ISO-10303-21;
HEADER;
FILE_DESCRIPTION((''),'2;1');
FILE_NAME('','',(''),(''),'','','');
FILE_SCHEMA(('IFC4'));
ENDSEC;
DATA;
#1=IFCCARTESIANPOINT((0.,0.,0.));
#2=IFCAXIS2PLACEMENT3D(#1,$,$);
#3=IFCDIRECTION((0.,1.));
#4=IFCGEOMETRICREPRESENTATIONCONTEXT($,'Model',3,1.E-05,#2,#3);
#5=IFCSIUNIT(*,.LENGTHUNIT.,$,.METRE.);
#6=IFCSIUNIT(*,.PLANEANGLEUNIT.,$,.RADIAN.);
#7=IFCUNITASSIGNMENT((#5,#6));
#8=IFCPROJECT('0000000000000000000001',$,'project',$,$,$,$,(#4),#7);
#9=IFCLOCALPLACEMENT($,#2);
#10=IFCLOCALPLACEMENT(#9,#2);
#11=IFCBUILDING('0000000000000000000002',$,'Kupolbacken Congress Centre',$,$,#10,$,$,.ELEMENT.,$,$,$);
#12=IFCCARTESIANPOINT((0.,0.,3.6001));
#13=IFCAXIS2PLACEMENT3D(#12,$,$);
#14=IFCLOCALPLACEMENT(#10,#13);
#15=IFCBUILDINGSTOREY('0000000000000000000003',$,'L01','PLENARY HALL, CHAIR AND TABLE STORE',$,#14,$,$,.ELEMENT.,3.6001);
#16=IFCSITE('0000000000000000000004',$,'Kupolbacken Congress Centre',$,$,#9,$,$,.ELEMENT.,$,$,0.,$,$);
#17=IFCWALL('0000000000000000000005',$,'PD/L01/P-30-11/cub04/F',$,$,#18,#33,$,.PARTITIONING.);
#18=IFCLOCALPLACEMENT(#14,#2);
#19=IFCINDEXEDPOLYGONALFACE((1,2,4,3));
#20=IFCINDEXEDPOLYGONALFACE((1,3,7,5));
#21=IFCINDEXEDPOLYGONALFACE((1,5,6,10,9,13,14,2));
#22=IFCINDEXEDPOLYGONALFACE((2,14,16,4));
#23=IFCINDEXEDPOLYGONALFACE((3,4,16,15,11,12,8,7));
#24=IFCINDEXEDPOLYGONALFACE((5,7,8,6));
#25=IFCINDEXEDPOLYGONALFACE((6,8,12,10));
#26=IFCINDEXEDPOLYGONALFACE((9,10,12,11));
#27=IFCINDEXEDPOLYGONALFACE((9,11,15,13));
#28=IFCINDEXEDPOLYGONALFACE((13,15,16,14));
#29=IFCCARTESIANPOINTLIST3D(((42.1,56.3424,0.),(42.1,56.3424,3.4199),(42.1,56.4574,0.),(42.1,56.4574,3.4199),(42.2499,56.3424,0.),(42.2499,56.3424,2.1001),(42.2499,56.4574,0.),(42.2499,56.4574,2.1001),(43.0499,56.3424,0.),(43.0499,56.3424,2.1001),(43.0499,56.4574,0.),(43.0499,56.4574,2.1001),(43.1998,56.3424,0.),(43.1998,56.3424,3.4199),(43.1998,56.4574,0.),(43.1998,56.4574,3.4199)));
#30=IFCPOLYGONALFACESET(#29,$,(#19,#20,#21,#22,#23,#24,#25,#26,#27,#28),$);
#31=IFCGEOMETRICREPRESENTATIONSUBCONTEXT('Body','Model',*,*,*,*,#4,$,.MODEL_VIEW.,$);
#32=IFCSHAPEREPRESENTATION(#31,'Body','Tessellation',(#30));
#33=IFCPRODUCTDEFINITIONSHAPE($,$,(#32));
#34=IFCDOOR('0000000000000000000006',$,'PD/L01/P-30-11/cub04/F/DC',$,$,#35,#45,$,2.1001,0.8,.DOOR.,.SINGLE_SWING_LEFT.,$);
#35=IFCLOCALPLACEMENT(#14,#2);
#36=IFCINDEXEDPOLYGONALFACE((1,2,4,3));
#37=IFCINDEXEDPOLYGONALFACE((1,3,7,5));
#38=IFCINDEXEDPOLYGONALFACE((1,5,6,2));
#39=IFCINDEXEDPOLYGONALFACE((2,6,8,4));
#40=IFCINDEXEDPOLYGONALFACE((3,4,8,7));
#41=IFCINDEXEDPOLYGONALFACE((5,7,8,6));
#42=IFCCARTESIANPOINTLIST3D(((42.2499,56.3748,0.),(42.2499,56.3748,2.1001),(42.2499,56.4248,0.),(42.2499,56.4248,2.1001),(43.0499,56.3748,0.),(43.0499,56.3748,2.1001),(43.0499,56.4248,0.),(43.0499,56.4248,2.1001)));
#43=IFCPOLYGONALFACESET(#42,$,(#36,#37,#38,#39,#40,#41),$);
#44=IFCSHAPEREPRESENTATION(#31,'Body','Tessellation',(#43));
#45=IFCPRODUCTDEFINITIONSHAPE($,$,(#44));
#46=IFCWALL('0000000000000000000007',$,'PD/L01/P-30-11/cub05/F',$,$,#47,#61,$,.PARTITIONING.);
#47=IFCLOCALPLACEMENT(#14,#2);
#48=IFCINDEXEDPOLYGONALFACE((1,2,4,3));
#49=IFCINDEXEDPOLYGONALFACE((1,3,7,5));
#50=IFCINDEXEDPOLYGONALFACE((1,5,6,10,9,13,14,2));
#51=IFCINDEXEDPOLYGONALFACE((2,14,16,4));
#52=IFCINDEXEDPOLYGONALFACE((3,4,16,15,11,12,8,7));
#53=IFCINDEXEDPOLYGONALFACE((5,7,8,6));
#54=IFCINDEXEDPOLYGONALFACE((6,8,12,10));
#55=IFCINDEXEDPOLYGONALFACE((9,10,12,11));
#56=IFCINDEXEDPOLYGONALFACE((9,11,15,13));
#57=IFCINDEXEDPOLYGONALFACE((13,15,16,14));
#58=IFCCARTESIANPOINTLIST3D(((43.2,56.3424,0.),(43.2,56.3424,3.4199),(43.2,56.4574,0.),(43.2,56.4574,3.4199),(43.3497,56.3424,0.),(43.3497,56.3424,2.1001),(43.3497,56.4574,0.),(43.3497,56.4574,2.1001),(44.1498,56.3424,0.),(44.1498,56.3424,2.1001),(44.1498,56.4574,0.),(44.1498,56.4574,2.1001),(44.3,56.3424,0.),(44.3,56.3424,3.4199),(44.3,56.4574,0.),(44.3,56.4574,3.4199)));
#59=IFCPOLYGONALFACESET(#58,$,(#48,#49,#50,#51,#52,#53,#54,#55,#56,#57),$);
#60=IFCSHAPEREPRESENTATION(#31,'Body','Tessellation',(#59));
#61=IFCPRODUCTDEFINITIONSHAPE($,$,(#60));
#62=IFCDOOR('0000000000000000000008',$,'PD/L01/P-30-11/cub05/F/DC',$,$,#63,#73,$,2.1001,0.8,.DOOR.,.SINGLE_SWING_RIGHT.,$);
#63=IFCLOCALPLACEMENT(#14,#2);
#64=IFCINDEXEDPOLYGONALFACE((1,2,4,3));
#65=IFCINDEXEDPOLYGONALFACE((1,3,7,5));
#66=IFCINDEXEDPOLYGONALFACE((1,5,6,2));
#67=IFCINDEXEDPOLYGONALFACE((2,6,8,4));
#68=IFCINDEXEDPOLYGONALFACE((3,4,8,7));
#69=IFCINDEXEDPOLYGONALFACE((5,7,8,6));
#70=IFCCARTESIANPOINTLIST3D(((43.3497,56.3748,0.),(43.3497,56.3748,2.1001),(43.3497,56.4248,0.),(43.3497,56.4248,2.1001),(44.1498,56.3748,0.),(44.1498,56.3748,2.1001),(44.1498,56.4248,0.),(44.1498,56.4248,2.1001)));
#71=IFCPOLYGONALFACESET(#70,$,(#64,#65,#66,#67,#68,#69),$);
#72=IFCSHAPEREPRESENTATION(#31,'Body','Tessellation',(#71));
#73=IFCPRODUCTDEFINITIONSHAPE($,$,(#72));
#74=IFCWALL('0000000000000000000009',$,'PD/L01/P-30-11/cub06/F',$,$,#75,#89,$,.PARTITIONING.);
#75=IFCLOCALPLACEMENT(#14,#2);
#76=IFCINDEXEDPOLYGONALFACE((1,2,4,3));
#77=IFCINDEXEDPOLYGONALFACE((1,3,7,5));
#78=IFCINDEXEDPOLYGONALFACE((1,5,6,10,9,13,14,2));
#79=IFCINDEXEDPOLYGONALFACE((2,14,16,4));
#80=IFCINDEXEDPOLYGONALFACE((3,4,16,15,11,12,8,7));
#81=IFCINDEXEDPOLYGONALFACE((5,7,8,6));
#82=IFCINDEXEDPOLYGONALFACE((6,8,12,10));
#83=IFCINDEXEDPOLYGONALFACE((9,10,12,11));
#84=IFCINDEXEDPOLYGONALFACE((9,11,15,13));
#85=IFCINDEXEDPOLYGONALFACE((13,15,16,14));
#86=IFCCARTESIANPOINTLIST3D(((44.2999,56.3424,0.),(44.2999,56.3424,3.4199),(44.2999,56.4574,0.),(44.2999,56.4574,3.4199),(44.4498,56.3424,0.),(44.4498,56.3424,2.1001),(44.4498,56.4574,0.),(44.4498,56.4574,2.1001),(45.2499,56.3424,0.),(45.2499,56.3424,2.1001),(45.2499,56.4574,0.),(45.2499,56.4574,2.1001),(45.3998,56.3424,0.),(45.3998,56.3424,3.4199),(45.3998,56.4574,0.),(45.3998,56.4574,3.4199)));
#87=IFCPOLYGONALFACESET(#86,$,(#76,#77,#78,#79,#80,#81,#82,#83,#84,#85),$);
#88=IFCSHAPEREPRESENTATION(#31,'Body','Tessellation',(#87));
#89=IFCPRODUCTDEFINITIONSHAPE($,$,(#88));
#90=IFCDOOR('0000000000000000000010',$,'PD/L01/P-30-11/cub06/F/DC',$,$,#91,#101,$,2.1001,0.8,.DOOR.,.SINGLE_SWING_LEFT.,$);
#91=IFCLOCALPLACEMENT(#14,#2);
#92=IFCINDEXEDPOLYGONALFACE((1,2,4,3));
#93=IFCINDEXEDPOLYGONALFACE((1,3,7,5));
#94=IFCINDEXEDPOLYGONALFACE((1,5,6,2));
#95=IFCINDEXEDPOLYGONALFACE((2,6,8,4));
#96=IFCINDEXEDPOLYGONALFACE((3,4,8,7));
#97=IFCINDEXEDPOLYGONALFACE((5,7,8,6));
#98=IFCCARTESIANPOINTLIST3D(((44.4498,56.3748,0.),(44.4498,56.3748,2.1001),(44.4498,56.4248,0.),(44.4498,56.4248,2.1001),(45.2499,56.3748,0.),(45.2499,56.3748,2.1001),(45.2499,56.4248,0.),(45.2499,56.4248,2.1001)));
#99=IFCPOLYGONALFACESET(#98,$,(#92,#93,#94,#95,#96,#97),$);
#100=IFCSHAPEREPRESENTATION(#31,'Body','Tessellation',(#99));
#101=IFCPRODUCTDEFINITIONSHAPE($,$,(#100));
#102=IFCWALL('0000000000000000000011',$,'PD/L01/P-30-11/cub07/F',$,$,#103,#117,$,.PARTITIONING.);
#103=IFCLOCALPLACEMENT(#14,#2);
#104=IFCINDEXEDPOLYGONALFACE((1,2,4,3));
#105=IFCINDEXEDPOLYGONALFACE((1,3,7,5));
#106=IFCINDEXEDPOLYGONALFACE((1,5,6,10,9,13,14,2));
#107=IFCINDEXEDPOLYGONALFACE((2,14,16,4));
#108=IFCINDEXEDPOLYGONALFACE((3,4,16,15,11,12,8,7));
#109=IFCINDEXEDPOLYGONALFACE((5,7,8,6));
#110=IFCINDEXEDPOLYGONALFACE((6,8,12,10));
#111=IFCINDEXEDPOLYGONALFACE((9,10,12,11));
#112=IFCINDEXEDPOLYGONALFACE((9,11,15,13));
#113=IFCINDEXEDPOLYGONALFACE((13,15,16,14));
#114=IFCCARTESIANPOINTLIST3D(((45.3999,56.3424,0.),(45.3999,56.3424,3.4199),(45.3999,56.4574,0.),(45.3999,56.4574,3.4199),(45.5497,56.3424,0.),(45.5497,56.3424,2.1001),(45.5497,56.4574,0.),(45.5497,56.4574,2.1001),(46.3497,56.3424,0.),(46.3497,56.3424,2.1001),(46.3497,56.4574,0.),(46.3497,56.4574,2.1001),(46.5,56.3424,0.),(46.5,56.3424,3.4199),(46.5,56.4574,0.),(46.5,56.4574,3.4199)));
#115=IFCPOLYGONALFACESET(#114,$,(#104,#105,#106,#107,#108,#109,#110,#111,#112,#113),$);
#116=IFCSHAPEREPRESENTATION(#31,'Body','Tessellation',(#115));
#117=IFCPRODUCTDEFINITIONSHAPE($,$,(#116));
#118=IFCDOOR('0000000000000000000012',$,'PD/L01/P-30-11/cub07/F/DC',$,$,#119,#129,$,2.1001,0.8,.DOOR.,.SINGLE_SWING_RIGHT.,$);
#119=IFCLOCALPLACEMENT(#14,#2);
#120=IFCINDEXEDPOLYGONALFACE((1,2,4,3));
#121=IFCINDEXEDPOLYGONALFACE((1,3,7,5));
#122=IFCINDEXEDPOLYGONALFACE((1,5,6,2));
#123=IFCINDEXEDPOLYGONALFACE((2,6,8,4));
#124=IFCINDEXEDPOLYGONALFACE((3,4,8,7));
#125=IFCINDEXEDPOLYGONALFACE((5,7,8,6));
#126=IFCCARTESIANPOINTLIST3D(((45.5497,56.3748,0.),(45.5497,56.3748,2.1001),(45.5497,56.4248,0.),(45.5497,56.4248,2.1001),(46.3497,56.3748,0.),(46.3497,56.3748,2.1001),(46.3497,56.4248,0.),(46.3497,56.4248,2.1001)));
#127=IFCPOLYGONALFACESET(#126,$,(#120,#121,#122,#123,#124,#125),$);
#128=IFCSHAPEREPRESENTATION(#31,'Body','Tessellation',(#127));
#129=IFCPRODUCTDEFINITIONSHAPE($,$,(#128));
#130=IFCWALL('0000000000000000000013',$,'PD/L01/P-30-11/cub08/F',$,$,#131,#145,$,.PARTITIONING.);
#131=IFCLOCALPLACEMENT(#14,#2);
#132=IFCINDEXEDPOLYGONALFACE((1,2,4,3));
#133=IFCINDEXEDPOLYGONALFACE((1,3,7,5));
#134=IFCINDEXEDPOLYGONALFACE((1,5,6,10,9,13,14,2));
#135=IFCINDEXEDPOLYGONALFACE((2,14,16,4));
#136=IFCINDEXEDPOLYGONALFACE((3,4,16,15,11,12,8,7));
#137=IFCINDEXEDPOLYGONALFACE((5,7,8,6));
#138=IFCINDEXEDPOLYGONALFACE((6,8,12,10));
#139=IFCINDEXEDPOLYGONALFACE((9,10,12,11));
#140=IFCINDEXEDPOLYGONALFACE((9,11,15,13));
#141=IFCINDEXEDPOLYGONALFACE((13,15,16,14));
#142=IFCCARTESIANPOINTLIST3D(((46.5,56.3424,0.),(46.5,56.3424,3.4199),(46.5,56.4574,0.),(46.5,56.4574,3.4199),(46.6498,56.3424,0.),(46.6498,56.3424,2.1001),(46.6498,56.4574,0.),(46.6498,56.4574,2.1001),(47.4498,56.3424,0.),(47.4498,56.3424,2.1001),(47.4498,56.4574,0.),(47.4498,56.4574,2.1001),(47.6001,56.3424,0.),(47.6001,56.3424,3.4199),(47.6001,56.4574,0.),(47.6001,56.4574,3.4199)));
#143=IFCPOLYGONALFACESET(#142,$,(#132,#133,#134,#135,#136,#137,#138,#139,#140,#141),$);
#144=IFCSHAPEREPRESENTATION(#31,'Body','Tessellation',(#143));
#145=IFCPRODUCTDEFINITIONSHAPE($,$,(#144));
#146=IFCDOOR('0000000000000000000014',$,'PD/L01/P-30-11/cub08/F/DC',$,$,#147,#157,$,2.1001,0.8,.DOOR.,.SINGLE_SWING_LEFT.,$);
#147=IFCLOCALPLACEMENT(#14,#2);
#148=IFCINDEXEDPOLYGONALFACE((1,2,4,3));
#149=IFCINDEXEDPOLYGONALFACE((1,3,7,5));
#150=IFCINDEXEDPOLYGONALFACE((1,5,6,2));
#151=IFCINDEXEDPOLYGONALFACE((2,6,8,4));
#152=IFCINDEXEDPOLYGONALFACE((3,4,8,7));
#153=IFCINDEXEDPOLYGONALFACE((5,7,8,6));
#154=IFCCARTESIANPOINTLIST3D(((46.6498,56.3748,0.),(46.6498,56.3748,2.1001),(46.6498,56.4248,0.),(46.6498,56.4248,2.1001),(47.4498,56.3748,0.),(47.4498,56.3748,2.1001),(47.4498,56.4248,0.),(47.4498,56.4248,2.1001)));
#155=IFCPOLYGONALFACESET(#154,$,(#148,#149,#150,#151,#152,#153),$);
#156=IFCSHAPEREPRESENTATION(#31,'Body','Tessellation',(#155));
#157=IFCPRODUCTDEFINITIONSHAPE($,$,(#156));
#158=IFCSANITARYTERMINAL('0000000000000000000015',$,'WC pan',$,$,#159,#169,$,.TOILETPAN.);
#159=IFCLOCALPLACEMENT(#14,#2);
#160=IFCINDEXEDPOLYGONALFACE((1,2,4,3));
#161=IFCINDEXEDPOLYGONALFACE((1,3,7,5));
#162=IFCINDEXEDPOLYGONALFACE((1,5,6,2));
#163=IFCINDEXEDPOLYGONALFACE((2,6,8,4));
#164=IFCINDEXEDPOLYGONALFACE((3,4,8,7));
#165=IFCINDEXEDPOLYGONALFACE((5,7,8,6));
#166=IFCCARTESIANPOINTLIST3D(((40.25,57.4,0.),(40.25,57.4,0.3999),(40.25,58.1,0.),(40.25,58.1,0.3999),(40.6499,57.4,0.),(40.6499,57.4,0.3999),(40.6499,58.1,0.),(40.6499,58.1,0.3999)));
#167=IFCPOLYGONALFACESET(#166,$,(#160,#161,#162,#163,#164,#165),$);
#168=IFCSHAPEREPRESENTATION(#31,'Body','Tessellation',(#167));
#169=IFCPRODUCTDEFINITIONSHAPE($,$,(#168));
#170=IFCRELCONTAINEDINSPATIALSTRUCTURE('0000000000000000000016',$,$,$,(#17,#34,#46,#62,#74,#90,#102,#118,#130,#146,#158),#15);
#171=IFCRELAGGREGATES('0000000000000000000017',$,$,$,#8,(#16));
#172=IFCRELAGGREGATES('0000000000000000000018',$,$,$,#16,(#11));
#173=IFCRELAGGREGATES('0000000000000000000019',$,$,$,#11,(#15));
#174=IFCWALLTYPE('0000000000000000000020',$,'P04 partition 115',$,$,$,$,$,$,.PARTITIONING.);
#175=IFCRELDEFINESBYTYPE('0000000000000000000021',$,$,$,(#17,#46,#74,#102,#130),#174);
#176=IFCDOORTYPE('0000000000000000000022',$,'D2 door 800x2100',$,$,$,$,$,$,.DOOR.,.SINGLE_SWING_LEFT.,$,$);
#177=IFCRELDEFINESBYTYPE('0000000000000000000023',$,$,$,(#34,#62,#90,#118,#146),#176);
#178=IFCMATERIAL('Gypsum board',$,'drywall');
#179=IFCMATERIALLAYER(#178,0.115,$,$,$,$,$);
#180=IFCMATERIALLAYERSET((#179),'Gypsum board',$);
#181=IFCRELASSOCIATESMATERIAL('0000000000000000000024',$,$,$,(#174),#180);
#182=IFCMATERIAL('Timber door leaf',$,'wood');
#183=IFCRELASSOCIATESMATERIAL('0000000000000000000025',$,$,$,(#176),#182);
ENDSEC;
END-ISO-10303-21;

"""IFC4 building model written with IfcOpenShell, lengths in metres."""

from ifc_helpers import new_model, si_unit, direction, frame, frame_2d, origin, origin_2d, place, context, subcontext, project, spatial, rectangle, extrude, material, layer, layer_set, type_object, element, fill, save


model = new_model("IFC4")

# Units and contexts
model_context = context("Model", 3, precision=1e-05, world=origin(), true_north=direction((0.0, 1.0)))
body_context = subcontext(model_context, "Body", "Model", "MODEL_VIEW")
ifc_project = project(units=[si_unit("LENGTHUNIT", "METRE"), si_unit("PLANEANGLEUNIT", "RADIAN")], contexts=[model_context])

# Site, building, storey
site_placement = place(None, origin())
site = spatial("IfcSite", under=ifc_project, at=site_placement, Name="Kupolbacken Congress Centre", CompositionType="ELEMENT", RefElevation=0.0)
building_placement = place(site_placement, origin())
building = spatial("IfcBuilding", under=site, at=building_placement, Name="Kupolbacken Congress Centre", CompositionType="ELEMENT")
storey_placement = place(building_placement, frame((0.0, 0.0, 3.6001)))
storey = spatial("IfcBuildingStorey", under=building, at=storey_placement, Name="L01", Description="PLENARY HALL, CHAIR AND TABLE STORE", CompositionType="ELEMENT", Elevation=3.6001)

# Walls, openings, doors
ifc_material_1 = material(Name="Gypsum board", Category="drywall")
ifc_layer = layer(ifc_material_1, 0.115)
ifc_layer_set = layer_set([ifc_layer], Name="Gypsum board")
wall_type = type_object("IfcWallType", Name="P04 partition 115", PredefinedType="PARTITIONING", material=ifc_layer_set)
ifc_material_2 = material(Name="Timber door leaf", Category="wood")
door_type = type_object("IfcDoorType", Name="D2 door 800x2100", OperationType="SINGLE_SWING_LEFT", PredefinedType="DOOR", material=ifc_material_2)
wall_1_placement = place(storey_placement, frame((42.1001, 56.3999, 0.0), z_axis=(0.0, 0.0, 1.0), x_axis=(1.0, 0.0, 0.0)))
wall_1 = element("IfcWall", 1, at=wall_1_placement, inside=storey, type_object=wall_type, Name="PD/L01/P-30-11/cub04/F", PredefinedType="PARTITIONING", context=body_context, shape_type="SweptSolid", body=[
    extrude(rectangle(XDim=1.0999, YDim=0.115, at=frame_2d((0.5498, 0.0))), origin(), (0.0, 0.0, 1.0), 3.4199),
])
opening_1_placement = place(wall_1_placement, frame((0.1499, 0.0, 0.0)))
opening_1 = element("IfcOpeningElement", 2, at=opening_1_placement, cuts=wall_1, PredefinedType="OPENING", context=body_context, shape_type="SweptSolid", body=[
    extrude(rectangle(XDim=0.8, YDim=2.1001, at=frame_2d((0.3999, 1.05))), frame((0.0, 0.0674, 0.0), z_axis=(0.0, -1.0, 0.0), x_axis=(1.0, 0.0, 0.0)), (0.0, 0.0, 1.0), 0.135),
])
door_1_placement = place(opening_1_placement, origin())
door_1 = element("IfcDoor", 3, at=door_1_placement, inside=storey, type_object=door_type, Name="PD/L01/P-30-11/cub04/F/DC", OperationType="SINGLE_SWING_LEFT", OverallHeight=2.1001, OverallWidth=0.8, PredefinedType="DOOR", context=body_context, shape_type="SweptSolid", body=[
    extrude(rectangle(XDim=0.8, YDim=2.1001, at=frame_2d((0.3999, 1.05))), frame((0.0, 0.0249, 0.0), z_axis=(0.0, -1.0, 0.0), x_axis=(1.0, 0.0, 0.0)), (0.0, 0.0, 1.0), 0.05),
])
fill(opening_1, door_1)
wall_2_placement = place(storey_placement, frame((43.2, 56.3999, 0.0), z_axis=(0.0, 0.0, 1.0), x_axis=(1.0, 0.0, 0.0)))
wall_2 = element("IfcWall", 4, at=wall_2_placement, inside=storey, type_object=wall_type, Name="PD/L01/P-30-11/cub05/F", PredefinedType="PARTITIONING", context=body_context, shape_type="SweptSolid", body=[
    extrude(rectangle(XDim=1.1001, YDim=0.115, at=frame_2d((0.55, 0.0))), origin(), (0.0, 0.0, 1.0), 3.4199),
])
opening_2_placement = place(wall_2_placement, frame((0.1499, 0.0, 0.0)))
opening_2 = element("IfcOpeningElement", 5, at=opening_2_placement, cuts=wall_2, PredefinedType="OPENING", context=body_context, shape_type="SweptSolid", body=[
    extrude(rectangle(XDim=0.8, YDim=2.1001, at=frame_2d((0.3999, 1.05))), frame((0.0, 0.0674, 0.0), z_axis=(0.0, -1.0, 0.0), x_axis=(1.0, 0.0, 0.0)), (0.0, 0.0, 1.0), 0.135),
])
door_2_placement = place(opening_2_placement, origin())
door_2 = element("IfcDoor", 6, at=door_2_placement, inside=storey, type_object=door_type, Name="PD/L01/P-30-11/cub05/F/DC", OperationType="SINGLE_SWING_RIGHT", OverallHeight=2.1001, OverallWidth=0.8, PredefinedType="DOOR", context=body_context, shape_type="SweptSolid", body=[
    extrude(rectangle(XDim=0.8, YDim=2.1001, at=frame_2d((0.3999, 1.05))), frame((0.0, 0.0249, 0.0), z_axis=(0.0, -1.0, 0.0), x_axis=(1.0, 0.0, 0.0)), (0.0, 0.0, 1.0), 0.05),
])
fill(opening_2, door_2)
wall_3_placement = place(storey_placement, frame((44.3, 56.3999, 0.0), z_axis=(0.0, 0.0, 1.0), x_axis=(1.0, 0.0, 0.0)))
wall_3 = element("IfcWall", 7, at=wall_3_placement, inside=storey, type_object=wall_type, Name="PD/L01/P-30-11/cub06/F", PredefinedType="PARTITIONING", context=body_context, shape_type="SweptSolid", body=[
    extrude(rectangle(XDim=1.0999, YDim=0.115, at=frame_2d((0.5498, 0.0))), origin(), (0.0, 0.0, 1.0), 3.4199),
])
opening_3_placement = place(wall_3_placement, frame((0.1499, 0.0, 0.0)))
opening_3 = element("IfcOpeningElement", 8, at=opening_3_placement, cuts=wall_3, PredefinedType="OPENING", context=body_context, shape_type="SweptSolid", body=[
    extrude(rectangle(XDim=0.8, YDim=2.1001, at=frame_2d((0.3999, 1.05))), frame((0.0, 0.0674, 0.0), z_axis=(0.0, -1.0, 0.0), x_axis=(1.0, 0.0, 0.0)), (0.0, 0.0, 1.0), 0.135),
])
door_3_placement = place(opening_3_placement, origin())
door_3 = element("IfcDoor", 9, at=door_3_placement, inside=storey, type_object=door_type, Name="PD/L01/P-30-11/cub06/F/DC", OperationType="SINGLE_SWING_LEFT", OverallHeight=2.1001, OverallWidth=0.8, PredefinedType="DOOR", context=body_context, shape_type="SweptSolid", body=[
    extrude(rectangle(XDim=0.8, YDim=2.1001, at=frame_2d((0.3999, 1.05))), frame((0.0, 0.0249, 0.0), z_axis=(0.0, -1.0, 0.0), x_axis=(1.0, 0.0, 0.0)), (0.0, 0.0, 1.0), 0.05),
])
fill(opening_3, door_3)
wall_4_placement = place(storey_placement, frame((45.3999, 56.3999, 0.0), z_axis=(0.0, 0.0, 1.0), x_axis=(1.0, 0.0, 0.0)))
wall_4 = element("IfcWall", 10, at=wall_4_placement, inside=storey, type_object=wall_type, Name="PD/L01/P-30-11/cub07/F", PredefinedType="PARTITIONING", context=body_context, shape_type="SweptSolid", body=[
    extrude(rectangle(XDim=1.1001, YDim=0.115, at=frame_2d((0.55, 0.0))), origin(), (0.0, 0.0, 1.0), 3.4199),
])
opening_4_placement = place(wall_4_placement, frame((0.1499, 0.0, 0.0)))
opening_4 = element("IfcOpeningElement", 11, at=opening_4_placement, cuts=wall_4, PredefinedType="OPENING", context=body_context, shape_type="SweptSolid", body=[
    extrude(rectangle(XDim=0.8, YDim=2.1001, at=frame_2d((0.3999, 1.05))), frame((0.0, 0.0674, 0.0), z_axis=(0.0, -1.0, 0.0), x_axis=(1.0, 0.0, 0.0)), (0.0, 0.0, 1.0), 0.135),
])
door_4_placement = place(opening_4_placement, origin())
door_4 = element("IfcDoor", 12, at=door_4_placement, inside=storey, type_object=door_type, Name="PD/L01/P-30-11/cub07/F/DC", OperationType="SINGLE_SWING_RIGHT", OverallHeight=2.1001, OverallWidth=0.8, PredefinedType="DOOR", context=body_context, shape_type="SweptSolid", body=[
    extrude(rectangle(XDim=0.8, YDim=2.1001, at=frame_2d((0.3999, 1.05))), frame((0.0, 0.0249, 0.0), z_axis=(0.0, -1.0, 0.0), x_axis=(1.0, 0.0, 0.0)), (0.0, 0.0, 1.0), 0.05),
])
fill(opening_4, door_4)
wall_5_placement = place(storey_placement, frame((46.5, 56.3999, 0.0), z_axis=(0.0, 0.0, 1.0), x_axis=(1.0, 0.0, 0.0)))
wall_5 = element("IfcWall", 13, at=wall_5_placement, inside=storey, type_object=wall_type, Name="PD/L01/P-30-11/cub08/F", PredefinedType="PARTITIONING", context=body_context, shape_type="SweptSolid", body=[
    extrude(rectangle(XDim=1.1001, YDim=0.115, at=frame_2d((0.55, 0.0))), origin(), (0.0, 0.0, 1.0), 3.4199),
])
opening_5_placement = place(wall_5_placement, frame((0.1499, 0.0, 0.0)))
opening_5 = element("IfcOpeningElement", 14, at=opening_5_placement, cuts=wall_5, PredefinedType="OPENING", context=body_context, shape_type="SweptSolid", body=[
    extrude(rectangle(XDim=0.8, YDim=2.1001, at=frame_2d((0.3999, 1.05))), frame((0.0, 0.0674, 0.0), z_axis=(0.0, -1.0, 0.0), x_axis=(1.0, 0.0, 0.0)), (0.0, 0.0, 1.0), 0.135),
])
door_5_placement = place(opening_5_placement, origin())
door_5 = element("IfcDoor", 15, at=door_5_placement, inside=storey, type_object=door_type, Name="PD/L01/P-30-11/cub08/F/DC", OperationType="SINGLE_SWING_LEFT", OverallHeight=2.1001, OverallWidth=0.8, PredefinedType="DOOR", context=body_context, shape_type="SweptSolid", body=[
    extrude(rectangle(XDim=0.8, YDim=2.1001, at=frame_2d((0.3999, 1.05))), frame((0.0, 0.0249, 0.0), z_axis=(0.0, -1.0, 0.0), x_axis=(1.0, 0.0, 0.0)), (0.0, 0.0, 1.0), 0.05),
])
fill(opening_5, door_5)

# Sanitary terminal
for number, where, z_axis, x_axis, name in (
    (16, (40.45, 57.75, 0.0), (0.0, 0.0, 1.0), (1.0, 0.0, 0.0), "WC pan"),
):
    element("IfcSanitaryTerminal", number, at=place(storey_placement, frame(where, z_axis=z_axis, x_axis=x_axis)), inside=storey, Name=name, PredefinedType="TOILETPAN", context=body_context, shape_type="SweptSolid", body=[
        extrude(rectangle(XDim=0.3999, YDim=0.7, at=origin_2d()), origin(), (0.0, 0.0, 1.0), 0.3999),
    ])

save(model, "model.ifc")
